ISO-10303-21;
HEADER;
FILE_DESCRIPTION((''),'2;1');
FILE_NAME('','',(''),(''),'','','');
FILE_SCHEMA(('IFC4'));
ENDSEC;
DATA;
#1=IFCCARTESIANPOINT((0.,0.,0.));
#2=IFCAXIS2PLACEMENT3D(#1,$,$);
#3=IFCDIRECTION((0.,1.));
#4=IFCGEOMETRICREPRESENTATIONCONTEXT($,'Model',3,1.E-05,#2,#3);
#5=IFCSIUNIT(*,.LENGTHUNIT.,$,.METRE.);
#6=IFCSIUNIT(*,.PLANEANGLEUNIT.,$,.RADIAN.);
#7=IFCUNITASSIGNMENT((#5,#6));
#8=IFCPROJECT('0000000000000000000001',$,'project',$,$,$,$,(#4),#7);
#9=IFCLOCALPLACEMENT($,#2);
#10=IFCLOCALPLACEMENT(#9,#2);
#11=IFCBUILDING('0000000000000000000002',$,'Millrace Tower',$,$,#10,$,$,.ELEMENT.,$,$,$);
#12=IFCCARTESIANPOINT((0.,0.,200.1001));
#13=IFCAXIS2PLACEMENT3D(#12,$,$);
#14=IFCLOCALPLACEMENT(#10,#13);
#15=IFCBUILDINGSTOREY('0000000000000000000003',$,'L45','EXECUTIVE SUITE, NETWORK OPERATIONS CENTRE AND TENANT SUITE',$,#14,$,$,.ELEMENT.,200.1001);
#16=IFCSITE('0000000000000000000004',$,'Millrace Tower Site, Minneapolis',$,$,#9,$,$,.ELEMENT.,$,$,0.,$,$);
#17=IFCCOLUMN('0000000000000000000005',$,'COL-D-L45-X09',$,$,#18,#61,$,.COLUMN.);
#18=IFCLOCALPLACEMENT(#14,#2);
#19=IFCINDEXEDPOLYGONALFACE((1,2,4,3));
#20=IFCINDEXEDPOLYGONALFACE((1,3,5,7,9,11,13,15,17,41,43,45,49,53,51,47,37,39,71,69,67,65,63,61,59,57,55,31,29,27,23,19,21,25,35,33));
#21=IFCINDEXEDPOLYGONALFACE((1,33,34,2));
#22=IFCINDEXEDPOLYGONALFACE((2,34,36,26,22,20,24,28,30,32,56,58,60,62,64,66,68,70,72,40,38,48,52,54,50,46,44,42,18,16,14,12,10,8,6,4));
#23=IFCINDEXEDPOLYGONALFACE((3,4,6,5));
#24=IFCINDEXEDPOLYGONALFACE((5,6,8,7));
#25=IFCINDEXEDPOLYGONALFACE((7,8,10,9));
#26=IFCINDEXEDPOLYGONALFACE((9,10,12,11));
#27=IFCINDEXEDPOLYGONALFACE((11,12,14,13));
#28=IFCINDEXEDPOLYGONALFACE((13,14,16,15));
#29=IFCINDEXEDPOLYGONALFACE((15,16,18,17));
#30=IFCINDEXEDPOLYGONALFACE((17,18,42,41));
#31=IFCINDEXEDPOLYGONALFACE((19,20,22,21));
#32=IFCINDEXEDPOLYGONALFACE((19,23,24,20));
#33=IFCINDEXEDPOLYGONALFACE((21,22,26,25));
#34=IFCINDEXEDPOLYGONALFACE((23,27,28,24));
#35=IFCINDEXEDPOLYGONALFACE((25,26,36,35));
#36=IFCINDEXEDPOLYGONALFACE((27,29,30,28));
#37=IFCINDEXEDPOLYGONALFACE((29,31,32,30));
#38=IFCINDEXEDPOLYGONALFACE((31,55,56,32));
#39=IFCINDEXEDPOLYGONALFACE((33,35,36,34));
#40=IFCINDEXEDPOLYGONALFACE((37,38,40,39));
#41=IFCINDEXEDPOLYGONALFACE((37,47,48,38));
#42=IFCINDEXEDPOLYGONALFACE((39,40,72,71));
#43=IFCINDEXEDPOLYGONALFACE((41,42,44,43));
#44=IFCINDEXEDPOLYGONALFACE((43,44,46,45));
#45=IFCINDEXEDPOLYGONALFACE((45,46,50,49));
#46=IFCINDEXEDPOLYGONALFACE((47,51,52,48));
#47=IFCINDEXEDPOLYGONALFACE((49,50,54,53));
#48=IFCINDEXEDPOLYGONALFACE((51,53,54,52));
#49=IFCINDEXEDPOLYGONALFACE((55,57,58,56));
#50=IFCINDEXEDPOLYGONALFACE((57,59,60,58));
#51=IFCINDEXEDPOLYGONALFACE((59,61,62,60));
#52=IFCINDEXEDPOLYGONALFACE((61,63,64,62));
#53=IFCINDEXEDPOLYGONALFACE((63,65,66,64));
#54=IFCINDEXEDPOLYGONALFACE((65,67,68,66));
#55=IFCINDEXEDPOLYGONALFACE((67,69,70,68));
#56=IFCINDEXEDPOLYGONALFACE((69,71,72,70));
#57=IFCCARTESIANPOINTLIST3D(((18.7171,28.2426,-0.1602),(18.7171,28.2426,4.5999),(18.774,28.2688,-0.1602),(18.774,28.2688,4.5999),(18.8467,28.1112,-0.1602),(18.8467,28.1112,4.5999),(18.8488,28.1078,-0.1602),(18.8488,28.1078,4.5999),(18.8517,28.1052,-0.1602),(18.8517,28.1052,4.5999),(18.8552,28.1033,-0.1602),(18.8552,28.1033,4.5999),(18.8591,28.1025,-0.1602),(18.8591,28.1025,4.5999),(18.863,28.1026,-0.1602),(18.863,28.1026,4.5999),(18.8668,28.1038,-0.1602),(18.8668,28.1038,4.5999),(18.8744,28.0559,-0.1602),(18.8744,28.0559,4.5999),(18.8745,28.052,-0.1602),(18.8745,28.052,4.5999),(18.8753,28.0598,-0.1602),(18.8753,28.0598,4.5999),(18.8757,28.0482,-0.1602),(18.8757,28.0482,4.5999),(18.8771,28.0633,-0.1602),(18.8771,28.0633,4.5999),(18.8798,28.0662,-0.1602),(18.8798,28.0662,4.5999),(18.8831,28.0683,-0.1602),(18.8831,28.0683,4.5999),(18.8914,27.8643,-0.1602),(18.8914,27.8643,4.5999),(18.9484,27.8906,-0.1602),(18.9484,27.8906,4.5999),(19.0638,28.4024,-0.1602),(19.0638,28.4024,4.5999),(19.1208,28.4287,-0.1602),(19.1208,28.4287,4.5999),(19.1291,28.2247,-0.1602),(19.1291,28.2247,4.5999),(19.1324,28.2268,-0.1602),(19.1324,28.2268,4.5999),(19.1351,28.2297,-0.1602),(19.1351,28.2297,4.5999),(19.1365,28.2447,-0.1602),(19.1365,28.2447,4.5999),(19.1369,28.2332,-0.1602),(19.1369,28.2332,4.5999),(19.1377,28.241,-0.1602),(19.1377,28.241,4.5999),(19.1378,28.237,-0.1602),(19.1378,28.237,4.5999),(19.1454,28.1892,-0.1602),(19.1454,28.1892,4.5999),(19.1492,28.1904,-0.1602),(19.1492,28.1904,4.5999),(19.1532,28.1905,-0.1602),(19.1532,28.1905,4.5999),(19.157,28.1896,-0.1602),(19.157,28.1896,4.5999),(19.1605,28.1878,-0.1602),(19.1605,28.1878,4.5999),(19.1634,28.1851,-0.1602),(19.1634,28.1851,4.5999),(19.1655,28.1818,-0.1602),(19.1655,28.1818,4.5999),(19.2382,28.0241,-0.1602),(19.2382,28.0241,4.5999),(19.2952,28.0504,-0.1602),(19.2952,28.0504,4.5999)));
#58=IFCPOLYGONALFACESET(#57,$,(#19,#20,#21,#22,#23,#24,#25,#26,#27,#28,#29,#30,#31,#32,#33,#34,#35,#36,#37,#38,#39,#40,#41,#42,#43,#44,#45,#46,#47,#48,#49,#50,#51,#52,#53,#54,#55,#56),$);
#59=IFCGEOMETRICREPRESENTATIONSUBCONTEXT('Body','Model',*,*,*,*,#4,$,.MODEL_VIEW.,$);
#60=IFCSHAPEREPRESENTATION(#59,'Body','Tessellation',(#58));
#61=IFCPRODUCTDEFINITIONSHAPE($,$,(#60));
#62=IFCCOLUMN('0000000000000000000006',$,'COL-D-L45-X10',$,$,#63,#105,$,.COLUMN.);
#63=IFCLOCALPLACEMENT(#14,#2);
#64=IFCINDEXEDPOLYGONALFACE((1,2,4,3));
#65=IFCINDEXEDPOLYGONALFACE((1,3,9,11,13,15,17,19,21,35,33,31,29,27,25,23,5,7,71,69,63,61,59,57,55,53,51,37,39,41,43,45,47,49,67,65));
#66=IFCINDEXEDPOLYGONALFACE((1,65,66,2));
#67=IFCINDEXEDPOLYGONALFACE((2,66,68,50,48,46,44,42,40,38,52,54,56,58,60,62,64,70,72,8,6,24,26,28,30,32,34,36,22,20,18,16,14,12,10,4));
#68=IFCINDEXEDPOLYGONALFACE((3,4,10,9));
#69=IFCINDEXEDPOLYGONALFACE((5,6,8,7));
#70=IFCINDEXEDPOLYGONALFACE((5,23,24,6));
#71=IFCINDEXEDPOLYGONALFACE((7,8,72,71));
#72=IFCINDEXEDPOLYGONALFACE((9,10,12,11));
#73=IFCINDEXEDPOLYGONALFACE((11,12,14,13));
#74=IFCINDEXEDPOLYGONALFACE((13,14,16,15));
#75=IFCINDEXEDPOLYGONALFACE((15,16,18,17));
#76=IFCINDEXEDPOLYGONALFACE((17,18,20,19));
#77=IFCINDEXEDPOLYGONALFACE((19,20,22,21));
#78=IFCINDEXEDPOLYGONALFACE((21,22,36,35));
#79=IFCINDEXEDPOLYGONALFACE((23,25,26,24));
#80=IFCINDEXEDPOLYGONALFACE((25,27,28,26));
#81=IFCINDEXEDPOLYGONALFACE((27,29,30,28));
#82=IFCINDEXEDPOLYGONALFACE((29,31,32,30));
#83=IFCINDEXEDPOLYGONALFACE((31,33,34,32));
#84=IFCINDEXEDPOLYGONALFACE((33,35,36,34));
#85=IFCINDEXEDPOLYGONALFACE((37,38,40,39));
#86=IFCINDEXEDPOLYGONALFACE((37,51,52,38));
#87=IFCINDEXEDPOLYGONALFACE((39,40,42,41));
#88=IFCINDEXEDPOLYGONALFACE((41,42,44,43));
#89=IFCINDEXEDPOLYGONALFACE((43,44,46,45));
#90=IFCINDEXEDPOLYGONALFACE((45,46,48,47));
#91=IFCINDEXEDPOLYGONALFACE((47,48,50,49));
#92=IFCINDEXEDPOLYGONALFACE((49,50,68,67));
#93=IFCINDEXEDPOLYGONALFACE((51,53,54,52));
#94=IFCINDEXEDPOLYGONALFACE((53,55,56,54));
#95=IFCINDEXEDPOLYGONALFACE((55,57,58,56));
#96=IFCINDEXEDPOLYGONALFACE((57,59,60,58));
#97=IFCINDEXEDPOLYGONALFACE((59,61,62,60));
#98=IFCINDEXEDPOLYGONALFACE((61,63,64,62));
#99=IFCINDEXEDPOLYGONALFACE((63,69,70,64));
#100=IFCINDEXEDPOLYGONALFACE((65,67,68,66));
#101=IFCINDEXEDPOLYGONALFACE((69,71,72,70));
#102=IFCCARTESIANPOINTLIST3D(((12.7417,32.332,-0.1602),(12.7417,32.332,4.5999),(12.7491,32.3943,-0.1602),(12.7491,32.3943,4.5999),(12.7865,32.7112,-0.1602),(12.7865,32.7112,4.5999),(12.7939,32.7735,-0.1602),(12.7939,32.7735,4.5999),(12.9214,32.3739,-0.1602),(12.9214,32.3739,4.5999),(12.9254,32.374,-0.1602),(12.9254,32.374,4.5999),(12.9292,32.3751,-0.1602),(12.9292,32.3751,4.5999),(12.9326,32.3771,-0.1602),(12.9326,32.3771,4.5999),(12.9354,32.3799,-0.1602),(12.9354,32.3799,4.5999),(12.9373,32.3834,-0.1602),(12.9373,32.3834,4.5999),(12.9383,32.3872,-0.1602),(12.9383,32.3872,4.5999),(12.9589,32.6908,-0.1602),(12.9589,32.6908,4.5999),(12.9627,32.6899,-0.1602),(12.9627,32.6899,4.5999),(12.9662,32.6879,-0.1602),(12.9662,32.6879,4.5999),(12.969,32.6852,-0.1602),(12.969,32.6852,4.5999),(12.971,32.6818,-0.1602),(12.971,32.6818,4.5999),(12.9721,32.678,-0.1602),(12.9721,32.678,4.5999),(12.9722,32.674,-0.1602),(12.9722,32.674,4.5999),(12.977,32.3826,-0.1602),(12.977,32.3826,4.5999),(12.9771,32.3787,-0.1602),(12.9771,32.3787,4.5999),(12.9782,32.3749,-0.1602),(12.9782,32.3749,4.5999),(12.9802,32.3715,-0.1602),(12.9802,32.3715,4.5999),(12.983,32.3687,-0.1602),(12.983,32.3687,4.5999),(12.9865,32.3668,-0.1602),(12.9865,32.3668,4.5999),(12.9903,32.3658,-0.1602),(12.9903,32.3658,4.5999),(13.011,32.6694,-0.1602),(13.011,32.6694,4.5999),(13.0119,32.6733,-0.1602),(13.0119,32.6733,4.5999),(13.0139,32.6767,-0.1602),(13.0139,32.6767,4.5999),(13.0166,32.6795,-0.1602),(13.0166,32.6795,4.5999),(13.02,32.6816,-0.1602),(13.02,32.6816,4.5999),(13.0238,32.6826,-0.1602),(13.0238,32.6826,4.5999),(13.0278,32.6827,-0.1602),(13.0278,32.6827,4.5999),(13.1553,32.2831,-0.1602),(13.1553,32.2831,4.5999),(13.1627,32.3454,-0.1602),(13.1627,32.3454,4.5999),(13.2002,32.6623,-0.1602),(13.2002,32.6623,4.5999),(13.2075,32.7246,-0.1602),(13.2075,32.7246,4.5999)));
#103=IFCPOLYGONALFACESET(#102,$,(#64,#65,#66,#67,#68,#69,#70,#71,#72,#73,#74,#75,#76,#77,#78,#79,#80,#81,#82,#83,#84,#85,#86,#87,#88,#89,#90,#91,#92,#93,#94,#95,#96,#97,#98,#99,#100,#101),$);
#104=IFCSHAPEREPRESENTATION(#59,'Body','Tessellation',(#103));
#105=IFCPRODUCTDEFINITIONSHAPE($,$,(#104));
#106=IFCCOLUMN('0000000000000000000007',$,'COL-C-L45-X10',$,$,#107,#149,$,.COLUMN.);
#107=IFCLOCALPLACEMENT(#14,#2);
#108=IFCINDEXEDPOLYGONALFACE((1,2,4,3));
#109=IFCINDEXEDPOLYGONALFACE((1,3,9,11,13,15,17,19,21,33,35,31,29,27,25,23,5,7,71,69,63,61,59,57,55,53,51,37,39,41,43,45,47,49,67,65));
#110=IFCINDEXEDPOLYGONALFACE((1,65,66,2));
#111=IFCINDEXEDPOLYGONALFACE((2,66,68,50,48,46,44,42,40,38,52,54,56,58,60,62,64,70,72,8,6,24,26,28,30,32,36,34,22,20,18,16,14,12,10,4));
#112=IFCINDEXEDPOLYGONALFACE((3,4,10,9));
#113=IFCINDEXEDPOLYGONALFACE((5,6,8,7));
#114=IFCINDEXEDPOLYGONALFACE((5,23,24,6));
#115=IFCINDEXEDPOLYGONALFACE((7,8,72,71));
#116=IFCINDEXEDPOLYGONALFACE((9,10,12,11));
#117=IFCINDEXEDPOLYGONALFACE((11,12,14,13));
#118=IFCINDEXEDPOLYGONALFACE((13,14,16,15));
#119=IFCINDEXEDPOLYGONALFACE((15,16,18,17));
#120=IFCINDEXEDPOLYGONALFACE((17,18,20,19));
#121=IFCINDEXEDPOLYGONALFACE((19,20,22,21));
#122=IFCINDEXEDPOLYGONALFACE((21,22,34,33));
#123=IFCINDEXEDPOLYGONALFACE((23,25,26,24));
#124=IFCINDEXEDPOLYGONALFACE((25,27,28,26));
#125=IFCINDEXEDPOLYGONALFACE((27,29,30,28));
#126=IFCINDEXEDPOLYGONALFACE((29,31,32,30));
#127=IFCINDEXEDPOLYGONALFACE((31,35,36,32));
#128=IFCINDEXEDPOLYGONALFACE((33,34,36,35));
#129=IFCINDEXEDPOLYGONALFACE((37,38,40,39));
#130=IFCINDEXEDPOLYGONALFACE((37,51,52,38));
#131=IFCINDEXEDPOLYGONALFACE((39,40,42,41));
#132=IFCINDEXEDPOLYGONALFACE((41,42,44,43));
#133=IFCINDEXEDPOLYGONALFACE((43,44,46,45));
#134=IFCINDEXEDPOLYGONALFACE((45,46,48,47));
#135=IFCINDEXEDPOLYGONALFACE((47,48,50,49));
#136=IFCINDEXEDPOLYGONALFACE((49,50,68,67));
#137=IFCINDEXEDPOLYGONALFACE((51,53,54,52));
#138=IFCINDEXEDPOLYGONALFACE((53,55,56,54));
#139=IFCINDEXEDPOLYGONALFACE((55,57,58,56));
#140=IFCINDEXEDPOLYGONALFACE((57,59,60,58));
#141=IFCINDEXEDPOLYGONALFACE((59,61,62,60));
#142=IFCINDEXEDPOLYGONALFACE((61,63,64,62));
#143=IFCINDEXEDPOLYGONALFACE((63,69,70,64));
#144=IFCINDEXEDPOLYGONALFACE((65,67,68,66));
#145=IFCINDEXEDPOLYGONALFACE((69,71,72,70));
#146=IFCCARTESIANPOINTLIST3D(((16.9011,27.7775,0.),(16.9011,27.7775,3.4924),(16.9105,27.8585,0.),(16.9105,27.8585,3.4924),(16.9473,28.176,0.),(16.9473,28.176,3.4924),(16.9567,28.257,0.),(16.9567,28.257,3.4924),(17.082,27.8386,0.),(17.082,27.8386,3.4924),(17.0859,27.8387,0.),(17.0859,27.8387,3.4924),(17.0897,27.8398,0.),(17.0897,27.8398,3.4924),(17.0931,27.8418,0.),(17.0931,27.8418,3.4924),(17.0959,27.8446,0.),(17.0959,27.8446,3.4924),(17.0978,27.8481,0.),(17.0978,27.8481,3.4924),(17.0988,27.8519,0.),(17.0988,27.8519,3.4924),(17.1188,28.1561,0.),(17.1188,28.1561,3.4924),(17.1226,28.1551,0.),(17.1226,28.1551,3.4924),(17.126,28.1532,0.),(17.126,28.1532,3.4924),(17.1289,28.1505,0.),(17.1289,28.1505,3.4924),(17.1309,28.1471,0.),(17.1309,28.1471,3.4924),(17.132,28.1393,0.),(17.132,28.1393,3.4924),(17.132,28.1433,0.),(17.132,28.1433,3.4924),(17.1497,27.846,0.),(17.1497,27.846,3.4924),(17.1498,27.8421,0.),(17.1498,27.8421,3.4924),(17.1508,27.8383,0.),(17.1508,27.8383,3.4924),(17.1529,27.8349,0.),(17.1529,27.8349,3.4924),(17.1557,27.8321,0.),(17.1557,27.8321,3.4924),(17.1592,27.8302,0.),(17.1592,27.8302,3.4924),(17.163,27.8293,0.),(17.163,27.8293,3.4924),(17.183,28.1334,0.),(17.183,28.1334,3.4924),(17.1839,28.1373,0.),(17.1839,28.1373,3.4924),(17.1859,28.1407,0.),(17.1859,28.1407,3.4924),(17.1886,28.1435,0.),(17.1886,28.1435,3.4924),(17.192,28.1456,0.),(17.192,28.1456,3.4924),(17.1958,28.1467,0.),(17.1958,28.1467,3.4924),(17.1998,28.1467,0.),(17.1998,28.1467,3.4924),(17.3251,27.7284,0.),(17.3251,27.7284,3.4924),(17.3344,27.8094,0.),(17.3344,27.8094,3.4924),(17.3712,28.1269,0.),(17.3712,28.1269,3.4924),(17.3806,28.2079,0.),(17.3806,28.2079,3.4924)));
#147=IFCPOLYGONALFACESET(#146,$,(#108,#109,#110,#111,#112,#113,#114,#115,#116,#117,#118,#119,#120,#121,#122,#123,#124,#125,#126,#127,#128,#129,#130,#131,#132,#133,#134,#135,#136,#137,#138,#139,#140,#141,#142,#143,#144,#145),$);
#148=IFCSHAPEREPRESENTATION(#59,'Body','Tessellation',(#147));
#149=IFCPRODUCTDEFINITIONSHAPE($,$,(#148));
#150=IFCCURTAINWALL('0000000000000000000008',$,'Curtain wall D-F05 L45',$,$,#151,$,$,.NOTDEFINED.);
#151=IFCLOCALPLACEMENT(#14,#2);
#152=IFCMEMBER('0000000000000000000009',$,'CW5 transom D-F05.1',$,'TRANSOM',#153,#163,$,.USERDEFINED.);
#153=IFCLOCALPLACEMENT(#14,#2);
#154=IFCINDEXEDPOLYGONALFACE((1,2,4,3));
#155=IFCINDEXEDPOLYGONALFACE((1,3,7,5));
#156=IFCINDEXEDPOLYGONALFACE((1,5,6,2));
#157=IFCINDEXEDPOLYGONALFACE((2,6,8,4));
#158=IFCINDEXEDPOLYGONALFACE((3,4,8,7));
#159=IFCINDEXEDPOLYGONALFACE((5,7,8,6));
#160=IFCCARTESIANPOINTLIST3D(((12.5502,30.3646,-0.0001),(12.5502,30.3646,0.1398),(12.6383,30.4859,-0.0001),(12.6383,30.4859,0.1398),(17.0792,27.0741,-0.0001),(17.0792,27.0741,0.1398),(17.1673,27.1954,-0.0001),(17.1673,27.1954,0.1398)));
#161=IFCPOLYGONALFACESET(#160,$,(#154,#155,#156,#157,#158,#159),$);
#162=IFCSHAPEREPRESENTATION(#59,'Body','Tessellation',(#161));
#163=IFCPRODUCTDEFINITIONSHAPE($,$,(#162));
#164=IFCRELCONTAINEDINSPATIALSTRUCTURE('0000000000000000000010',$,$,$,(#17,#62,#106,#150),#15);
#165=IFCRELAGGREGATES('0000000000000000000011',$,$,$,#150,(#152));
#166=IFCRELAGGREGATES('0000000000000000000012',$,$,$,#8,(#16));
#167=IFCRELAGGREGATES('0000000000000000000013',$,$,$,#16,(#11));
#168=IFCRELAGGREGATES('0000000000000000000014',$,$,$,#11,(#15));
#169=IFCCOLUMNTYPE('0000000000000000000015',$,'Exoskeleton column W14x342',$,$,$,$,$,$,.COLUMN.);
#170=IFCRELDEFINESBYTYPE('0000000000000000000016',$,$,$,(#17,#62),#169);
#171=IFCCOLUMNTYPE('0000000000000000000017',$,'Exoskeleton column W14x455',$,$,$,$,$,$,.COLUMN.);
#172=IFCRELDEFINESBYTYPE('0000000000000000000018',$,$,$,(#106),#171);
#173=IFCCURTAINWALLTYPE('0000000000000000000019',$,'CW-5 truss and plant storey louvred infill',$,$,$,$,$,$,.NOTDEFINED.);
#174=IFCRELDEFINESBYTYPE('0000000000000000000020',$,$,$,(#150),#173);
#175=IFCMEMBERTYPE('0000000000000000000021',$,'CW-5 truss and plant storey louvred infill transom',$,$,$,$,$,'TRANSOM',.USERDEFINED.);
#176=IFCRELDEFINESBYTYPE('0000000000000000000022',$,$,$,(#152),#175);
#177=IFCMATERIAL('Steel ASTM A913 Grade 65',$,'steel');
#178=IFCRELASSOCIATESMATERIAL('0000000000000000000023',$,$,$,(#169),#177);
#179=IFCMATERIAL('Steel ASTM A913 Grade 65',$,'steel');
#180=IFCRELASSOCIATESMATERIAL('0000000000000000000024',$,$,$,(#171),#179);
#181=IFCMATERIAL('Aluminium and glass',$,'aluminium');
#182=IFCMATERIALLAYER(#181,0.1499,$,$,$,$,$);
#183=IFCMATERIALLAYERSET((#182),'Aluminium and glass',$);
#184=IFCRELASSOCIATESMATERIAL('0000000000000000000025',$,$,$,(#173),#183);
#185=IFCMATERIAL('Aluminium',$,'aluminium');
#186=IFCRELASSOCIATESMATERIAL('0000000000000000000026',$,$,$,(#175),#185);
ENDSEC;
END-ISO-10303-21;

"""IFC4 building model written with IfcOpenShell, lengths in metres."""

from ifc_helpers import new_model, si_unit, direction, frame, origin, origin_2d, place, context, subcontext, project, spatial, rectangle, i_section, extrude, material, layer, layer_set, material_profile, profile_set, type_object, element, aggregate, save


model = new_model("IFC4")

# Units and contexts
model_context = context("Model", 3, precision=1e-05, world=origin(), true_north=direction((0.0, 1.0)))
body_context = subcontext(model_context, "Body", "Model", "MODEL_VIEW")
ifc_project = project(units=[si_unit("LENGTHUNIT", "METRE"), si_unit("PLANEANGLEUNIT", "RADIAN")], contexts=[model_context])

# Site, building, storey
site_placement = place(None, origin())
site = spatial("IfcSite", under=ifc_project, at=site_placement, Name="Millrace Tower Site, Minneapolis", CompositionType="ELEMENT", RefElevation=0.0)
building_placement = place(site_placement, origin())
building = spatial("IfcBuilding", under=site, at=building_placement, Name="Millrace Tower", CompositionType="ELEMENT")
storey_placement = place(building_placement, frame((0.0, 0.0, 200.1001)))
storey = spatial("IfcBuildingStorey", under=building, at=storey_placement, Name="L45", Description="EXECUTIVE SUITE, NETWORK OPERATIONS CENTRE AND TENANT SUITE", CompositionType="ELEMENT", Elevation=200.1001)

# Columns
ifc_material_1 = material(Name="Steel ASTM A913 Grade 65", Category="steel")
ifc_material_profile_1 = material_profile(ifc_material_1, i_section(OverallWidth=0.4165, OverallDepth=0.4446, WebThickness=0.0391, FlangeThickness=0.0627, FilletRadius=0.0151, at=origin_2d()))
ifc_profile_set_1 = profile_set([ifc_material_profile_1], Name="Steel ASTM A913 Grade 65")
column_type_1 = type_object("IfcColumnType", Name="Exoskeleton column W14x342", PredefinedType="COLUMN", material=ifc_profile_set_1)
for number, where, z_axis, x_axis, name in (
    (1, (19.0061, 28.1465, -0.1602), (0.0, 0.0, 1.0), (-0.418553, 0.908192, 0.0), "COL-D-L45-X09"),
    (2, (12.9746, 32.5283, -0.1602), (0.0, 0.0, 1.0), (-0.993082, 0.117421, 0.0), "COL-D-L45-X10"),
):
    element("IfcColumn", number, at=place(storey_placement, frame(where, z_axis=z_axis, x_axis=x_axis)), inside=storey, type_object=column_type_1, Name=name, PredefinedType="COLUMN", context=body_context, shape_type="SweptSolid", body=[
        extrude(i_section(OverallWidth=0.4165, OverallDepth=0.4446, WebThickness=0.0391, FlangeThickness=0.0627, FilletRadius=0.0151, at=origin_2d()), origin(), (0.0, 0.0, 1.0), 4.76),
    ])
ifc_material_2 = material(Name="Steel ASTM A913 Grade 65", Category="steel")
ifc_material_profile_2 = material_profile(ifc_material_2, i_section(OverallWidth=0.4268, OverallDepth=0.4827, WebThickness=0.0513, FlangeThickness=0.0815, FilletRadius=0.0151, at=origin_2d()))
ifc_profile_set_2 = profile_set([ifc_material_profile_2], Name="Steel ASTM A913 Grade 65")
column_type_2 = type_object("IfcColumnType", Name="Exoskeleton column W14x455", PredefinedType="COLUMN", material=ifc_profile_set_2)
column_placement = place(storey_placement, frame((17.1409, 27.9927, 0.0), z_axis=(0.0, 0.0, 1.0), x_axis=(-0.993358, 0.115069, 0.0)))
element("IfcColumn", 3, at=column_placement, inside=storey, type_object=column_type_2, Name="COL-C-L45-X10", PredefinedType="COLUMN", context=body_context, shape_type="SweptSolid", body=[
    extrude(i_section(OverallWidth=0.4268, OverallDepth=0.4827, WebThickness=0.0513, FlangeThickness=0.0815, FilletRadius=0.0151, at=origin_2d()), origin(), (0.0, 0.0, 1.0), 3.4924),
])

# Curtain wall, member
ifc_material_3 = material(Name="Aluminium and glass", Category="aluminium")
ifc_layer_1 = layer(ifc_material_3, 0.1499)
ifc_layer_set_1 = layer_set([ifc_layer_1], Name="Aluminium and glass")
curtain_wall_type = type_object("IfcCurtainWallType", Name="CW-5 truss and plant storey louvred infill", PredefinedType="NOTDEFINED", material=ifc_layer_set_1)
curtain_wall_placement = place(storey_placement, origin())
curtain_wall = element("IfcCurtainWall", 4, at=curtain_wall_placement, inside=storey, type_object=curtain_wall_type, Name="Curtain wall D-F05 L45", PredefinedType="NOTDEFINED")
ifc_material_4 = material(Name="Aluminium", Category="aluminium")
ifc_material_profile_3 = material_profile(ifc_material_4, rectangle(XDim=0.1499, YDim=0.1399, at=origin_2d()))
ifc_profile_set_3 = profile_set([ifc_material_profile_3], Name="Aluminium")
member_type_1 = type_object("IfcMemberType", Name="CW-5 truss and plant storey louvred infill transom", ElementType="TRANSOM", PredefinedType="USERDEFINED", material=ifc_profile_set_3)
member_1_placement = place(storey_placement, frame((17.1233, 27.1348, 0.0698), z_axis=(-0.809019, 0.587783, 0.0), x_axis=(-0.587783, -0.809019, 0.0)))
member_1 = element("IfcMember", 5, at=member_1_placement, type_object=member_type_1, Name="CW5 transom D-F05.1", ObjectType="TRANSOM", PredefinedType="USERDEFINED", context=body_context, shape_type="SweptSolid", body=[
    extrude(rectangle(XDim=0.1499, YDim=0.1399, at=origin_2d()), origin(), (0.0, 0.0, 1.0), 5.5981),
])
aggregate(curtain_wall, [member_1])

save(model, "model.ifc")
